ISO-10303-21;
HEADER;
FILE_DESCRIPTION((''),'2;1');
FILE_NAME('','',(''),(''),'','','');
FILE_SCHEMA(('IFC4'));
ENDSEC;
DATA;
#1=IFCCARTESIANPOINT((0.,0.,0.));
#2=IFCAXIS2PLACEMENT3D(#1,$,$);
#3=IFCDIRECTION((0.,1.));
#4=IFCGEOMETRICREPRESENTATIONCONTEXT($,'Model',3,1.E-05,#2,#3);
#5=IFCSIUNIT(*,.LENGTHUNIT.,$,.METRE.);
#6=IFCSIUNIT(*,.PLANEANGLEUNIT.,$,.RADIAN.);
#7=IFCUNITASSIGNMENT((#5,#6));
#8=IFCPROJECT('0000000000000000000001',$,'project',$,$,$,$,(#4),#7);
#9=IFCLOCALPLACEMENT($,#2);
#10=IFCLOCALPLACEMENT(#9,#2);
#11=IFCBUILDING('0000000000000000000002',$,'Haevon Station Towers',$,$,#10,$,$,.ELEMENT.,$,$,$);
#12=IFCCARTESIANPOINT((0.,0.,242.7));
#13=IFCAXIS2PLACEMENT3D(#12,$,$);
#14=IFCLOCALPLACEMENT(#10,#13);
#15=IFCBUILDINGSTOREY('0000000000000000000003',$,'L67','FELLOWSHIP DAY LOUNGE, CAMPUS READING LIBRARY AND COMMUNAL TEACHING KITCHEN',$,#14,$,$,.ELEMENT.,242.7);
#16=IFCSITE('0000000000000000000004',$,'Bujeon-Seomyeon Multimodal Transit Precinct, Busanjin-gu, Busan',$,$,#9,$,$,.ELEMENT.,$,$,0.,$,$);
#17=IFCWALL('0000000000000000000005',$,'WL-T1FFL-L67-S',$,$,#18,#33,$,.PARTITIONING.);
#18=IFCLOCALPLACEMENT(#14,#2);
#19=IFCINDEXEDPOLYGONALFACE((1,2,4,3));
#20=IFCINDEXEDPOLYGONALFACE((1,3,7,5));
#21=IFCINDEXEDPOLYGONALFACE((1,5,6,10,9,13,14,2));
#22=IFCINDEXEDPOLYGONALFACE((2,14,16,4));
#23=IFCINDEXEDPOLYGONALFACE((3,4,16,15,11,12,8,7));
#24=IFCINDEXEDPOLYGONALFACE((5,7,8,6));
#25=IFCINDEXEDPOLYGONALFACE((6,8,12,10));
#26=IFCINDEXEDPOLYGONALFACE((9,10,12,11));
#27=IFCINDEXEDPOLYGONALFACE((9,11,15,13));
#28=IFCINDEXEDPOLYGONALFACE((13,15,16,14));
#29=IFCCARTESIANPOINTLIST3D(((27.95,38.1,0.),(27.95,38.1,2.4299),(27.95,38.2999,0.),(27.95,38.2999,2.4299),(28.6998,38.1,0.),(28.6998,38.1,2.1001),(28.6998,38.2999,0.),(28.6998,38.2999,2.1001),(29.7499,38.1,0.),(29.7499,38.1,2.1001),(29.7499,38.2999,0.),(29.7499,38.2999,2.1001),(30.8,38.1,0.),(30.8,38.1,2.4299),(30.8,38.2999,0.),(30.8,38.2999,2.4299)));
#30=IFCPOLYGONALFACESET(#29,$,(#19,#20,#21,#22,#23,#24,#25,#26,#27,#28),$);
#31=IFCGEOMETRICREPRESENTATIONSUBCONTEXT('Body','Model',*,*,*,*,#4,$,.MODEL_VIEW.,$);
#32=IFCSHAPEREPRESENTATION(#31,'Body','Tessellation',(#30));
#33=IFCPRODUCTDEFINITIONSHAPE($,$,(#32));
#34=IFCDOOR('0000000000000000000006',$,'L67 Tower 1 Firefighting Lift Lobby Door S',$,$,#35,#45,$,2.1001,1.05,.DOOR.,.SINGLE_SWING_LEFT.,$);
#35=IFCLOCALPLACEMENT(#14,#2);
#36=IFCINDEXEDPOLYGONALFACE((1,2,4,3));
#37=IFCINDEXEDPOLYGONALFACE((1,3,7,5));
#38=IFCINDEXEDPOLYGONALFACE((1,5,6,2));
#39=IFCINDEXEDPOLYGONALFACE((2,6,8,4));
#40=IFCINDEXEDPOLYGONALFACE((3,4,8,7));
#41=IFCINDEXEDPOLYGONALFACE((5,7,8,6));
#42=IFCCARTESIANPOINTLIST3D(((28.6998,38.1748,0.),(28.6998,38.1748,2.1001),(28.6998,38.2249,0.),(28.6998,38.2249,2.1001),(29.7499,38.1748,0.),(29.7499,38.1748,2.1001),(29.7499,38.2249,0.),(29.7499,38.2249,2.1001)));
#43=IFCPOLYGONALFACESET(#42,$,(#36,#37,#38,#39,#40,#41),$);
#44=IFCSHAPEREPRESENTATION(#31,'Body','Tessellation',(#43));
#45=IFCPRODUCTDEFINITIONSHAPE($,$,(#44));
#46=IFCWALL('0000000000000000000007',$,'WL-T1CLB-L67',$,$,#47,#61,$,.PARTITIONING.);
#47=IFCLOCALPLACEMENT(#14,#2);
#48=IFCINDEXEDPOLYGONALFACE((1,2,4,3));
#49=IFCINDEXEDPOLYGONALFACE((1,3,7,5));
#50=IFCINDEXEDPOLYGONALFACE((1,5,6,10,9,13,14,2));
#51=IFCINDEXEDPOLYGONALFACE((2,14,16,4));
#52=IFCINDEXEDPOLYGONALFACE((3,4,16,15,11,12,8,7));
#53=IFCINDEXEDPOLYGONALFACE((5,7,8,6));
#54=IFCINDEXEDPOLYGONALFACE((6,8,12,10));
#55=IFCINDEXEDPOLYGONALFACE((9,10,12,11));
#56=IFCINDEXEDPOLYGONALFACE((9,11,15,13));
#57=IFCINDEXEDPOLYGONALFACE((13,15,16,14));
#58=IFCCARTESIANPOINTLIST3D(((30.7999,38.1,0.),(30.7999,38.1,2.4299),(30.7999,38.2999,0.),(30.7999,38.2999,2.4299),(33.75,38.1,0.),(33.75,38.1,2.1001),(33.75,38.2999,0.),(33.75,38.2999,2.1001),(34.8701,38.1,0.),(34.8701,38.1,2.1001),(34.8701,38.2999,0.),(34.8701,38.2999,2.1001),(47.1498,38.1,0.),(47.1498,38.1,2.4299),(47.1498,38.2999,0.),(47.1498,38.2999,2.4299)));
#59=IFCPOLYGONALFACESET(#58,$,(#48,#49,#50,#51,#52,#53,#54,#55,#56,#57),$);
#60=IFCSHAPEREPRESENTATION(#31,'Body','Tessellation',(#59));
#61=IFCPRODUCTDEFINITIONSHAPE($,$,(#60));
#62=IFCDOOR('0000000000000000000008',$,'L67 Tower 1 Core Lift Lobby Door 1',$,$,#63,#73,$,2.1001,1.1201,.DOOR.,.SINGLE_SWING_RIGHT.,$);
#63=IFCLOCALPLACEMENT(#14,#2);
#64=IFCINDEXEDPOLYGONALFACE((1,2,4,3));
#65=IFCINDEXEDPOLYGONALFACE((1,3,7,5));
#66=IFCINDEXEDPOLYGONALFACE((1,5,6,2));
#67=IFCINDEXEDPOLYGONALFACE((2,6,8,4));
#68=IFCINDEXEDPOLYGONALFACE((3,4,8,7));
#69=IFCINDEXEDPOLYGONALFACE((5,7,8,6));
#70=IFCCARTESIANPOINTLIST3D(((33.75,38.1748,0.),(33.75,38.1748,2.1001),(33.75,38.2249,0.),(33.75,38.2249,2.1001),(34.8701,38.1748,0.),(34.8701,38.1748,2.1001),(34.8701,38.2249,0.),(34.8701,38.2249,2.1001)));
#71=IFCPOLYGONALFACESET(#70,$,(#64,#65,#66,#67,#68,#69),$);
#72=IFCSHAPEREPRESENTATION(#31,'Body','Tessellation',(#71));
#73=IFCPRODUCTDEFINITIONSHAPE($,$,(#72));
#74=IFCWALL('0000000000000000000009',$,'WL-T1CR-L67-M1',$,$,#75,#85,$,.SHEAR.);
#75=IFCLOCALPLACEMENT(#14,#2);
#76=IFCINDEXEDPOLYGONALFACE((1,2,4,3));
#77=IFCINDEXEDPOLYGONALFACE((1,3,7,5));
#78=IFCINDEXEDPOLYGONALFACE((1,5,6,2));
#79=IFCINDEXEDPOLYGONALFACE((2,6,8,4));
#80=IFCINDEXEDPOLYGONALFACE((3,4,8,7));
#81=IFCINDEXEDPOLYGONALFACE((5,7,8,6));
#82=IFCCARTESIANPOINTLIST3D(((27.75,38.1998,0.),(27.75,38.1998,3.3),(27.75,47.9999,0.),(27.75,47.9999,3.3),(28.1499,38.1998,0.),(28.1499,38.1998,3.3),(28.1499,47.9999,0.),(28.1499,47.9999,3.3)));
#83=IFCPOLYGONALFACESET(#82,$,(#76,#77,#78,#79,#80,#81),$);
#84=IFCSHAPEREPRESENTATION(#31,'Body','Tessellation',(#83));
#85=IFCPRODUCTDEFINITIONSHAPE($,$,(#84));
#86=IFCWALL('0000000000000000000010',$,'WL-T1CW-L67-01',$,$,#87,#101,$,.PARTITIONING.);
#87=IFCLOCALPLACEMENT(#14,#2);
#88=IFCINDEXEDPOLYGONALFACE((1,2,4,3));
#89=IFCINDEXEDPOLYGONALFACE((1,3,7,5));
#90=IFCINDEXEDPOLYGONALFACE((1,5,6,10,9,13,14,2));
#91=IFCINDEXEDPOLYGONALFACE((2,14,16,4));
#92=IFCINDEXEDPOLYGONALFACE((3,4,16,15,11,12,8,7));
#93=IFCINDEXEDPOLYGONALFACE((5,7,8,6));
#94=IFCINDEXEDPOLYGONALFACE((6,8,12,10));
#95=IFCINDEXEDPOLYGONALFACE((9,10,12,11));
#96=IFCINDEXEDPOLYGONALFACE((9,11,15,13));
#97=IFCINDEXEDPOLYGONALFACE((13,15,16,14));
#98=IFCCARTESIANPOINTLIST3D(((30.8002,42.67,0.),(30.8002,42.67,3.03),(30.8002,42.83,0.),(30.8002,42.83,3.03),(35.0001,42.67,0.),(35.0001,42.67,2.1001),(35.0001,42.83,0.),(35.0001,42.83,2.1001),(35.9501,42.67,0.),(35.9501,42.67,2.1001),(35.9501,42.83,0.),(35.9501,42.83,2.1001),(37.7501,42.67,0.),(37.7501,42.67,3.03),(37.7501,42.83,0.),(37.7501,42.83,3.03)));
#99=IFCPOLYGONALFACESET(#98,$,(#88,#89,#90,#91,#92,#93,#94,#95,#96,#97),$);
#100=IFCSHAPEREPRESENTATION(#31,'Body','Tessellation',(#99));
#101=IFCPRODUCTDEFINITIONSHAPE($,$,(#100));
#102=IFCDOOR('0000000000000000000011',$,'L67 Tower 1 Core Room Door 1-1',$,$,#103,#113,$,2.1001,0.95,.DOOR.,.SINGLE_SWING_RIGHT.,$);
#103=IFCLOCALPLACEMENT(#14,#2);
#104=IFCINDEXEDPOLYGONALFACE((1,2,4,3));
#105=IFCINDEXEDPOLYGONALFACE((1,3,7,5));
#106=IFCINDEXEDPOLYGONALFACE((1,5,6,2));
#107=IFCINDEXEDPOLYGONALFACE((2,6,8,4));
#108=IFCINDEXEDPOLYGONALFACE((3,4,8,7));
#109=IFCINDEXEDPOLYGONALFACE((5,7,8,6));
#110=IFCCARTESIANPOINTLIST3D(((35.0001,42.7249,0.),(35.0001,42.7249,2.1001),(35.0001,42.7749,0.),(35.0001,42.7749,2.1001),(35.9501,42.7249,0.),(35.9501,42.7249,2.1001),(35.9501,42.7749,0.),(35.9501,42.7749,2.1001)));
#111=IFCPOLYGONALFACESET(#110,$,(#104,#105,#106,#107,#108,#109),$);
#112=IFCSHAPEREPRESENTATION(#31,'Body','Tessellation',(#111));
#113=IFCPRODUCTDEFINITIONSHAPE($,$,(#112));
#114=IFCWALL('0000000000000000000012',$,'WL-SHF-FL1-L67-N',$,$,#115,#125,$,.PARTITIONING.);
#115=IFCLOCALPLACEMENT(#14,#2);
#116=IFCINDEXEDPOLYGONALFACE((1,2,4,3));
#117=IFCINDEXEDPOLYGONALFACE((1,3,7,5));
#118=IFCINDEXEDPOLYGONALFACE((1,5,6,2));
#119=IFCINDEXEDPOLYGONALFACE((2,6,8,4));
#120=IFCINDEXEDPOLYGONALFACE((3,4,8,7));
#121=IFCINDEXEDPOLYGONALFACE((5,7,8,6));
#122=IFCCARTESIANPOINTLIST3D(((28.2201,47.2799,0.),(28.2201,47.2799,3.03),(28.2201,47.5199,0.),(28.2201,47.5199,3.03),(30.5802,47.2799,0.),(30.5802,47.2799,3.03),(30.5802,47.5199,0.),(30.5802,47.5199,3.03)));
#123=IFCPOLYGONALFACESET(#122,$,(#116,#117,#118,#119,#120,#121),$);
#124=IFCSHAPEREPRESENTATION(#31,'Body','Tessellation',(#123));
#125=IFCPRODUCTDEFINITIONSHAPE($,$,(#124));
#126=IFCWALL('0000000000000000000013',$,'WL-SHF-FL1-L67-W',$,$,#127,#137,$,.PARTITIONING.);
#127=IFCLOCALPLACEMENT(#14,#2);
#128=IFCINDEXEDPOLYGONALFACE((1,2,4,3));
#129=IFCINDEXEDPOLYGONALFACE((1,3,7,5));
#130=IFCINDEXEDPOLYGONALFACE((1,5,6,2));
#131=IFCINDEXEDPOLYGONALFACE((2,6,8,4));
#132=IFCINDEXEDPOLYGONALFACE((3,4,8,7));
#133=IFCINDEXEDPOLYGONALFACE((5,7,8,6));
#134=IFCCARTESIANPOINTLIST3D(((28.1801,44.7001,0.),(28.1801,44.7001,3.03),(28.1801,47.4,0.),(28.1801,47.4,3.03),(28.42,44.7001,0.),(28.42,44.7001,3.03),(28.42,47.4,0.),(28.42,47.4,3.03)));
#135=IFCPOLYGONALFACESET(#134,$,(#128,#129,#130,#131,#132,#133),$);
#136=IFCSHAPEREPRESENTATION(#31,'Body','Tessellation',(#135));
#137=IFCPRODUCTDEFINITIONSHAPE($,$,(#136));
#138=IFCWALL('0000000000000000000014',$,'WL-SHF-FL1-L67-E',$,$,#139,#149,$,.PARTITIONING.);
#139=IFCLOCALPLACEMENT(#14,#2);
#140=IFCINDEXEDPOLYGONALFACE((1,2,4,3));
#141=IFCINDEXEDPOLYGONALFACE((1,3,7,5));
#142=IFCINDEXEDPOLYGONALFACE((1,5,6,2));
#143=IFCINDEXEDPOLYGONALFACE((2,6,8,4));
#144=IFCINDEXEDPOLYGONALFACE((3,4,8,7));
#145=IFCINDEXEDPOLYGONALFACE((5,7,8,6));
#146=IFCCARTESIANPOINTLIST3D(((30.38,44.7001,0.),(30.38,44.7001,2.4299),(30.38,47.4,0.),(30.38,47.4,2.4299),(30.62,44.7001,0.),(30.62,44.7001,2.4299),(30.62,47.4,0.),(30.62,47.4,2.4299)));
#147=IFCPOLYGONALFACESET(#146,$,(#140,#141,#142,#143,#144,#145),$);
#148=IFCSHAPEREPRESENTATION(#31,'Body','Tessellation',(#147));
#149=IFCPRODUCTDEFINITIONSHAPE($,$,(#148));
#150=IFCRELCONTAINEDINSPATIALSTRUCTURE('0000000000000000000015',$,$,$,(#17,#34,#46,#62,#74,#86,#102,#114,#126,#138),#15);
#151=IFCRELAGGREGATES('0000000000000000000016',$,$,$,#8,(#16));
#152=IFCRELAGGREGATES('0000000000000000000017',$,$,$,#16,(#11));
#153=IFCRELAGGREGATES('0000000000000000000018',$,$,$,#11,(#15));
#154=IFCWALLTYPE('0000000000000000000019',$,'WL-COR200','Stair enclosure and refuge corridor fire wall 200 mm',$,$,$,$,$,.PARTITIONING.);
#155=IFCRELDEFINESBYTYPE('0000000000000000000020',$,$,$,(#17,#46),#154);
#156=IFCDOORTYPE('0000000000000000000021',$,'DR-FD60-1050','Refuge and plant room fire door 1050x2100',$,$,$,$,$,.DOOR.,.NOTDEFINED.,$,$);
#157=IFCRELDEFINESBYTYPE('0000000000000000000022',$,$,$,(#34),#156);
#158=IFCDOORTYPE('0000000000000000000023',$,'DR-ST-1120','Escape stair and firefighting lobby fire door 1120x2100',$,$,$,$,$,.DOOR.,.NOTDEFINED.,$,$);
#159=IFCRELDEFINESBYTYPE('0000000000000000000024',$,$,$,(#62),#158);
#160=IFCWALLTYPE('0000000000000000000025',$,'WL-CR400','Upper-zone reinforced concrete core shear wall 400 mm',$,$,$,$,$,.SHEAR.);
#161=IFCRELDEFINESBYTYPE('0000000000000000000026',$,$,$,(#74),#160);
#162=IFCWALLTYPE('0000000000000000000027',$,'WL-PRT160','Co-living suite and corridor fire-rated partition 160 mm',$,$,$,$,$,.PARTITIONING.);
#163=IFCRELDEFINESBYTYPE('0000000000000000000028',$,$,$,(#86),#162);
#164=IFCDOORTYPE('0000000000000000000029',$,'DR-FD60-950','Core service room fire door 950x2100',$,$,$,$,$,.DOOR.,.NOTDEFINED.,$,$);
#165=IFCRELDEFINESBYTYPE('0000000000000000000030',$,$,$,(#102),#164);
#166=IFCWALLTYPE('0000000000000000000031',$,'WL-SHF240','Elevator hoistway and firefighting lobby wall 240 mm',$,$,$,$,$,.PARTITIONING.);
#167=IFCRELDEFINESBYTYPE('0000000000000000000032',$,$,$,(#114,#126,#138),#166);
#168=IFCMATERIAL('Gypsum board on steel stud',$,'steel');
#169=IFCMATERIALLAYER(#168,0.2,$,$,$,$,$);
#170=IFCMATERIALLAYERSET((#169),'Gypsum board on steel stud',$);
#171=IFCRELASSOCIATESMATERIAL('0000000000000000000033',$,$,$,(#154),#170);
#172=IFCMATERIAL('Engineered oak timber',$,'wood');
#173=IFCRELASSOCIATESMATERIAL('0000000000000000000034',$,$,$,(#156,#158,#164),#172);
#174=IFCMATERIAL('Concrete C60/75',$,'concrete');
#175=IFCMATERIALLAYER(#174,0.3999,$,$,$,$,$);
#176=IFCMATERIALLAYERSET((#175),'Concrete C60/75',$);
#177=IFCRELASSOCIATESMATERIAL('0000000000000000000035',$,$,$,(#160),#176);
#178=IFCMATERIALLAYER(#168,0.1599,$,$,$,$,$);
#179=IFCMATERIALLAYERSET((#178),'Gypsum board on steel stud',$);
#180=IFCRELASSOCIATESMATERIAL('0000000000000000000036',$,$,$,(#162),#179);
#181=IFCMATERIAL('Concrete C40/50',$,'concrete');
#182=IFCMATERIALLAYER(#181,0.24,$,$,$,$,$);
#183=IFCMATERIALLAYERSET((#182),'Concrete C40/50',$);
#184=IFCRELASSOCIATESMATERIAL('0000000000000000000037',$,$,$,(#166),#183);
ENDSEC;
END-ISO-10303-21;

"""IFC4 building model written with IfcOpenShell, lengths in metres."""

from ifc_helpers import new_model, si_unit, direction, frame, frame_2d, origin, place, context, subcontext, project, spatial, rectangle, extrude, material, layer, layer_set, type_object, element, fill, save


model = new_model("IFC4")

# Units and contexts
model_context = context("Model", 3, precision=1e-05, world=origin(), true_north=direction((0.0, 1.0)))
body_context = subcontext(model_context, "Body", "Model", "MODEL_VIEW")
ifc_project = project(units=[si_unit("LENGTHUNIT", "METRE"), si_unit("PLANEANGLEUNIT", "RADIAN")], contexts=[model_context])

# Site, building, storey
site_placement = place(None, origin())
site = spatial("IfcSite", under=ifc_project, at=site_placement, Name="Bujeon-Seomyeon Multimodal Transit Precinct, Busanjin-gu, Busan", CompositionType="ELEMENT", RefElevation=0.0)
building_placement = place(site_placement, origin())
building = spatial("IfcBuilding", under=site, at=building_placement, Name="Haevon Station Towers", CompositionType="ELEMENT")
storey_placement = place(building_placement, frame((0.0, 0.0, 242.7)))
storey = spatial("IfcBuildingStorey", under=building, at=storey_placement, Name="L67", Description="FELLOWSHIP DAY LOUNGE, CAMPUS READING LIBRARY AND COMMUNAL TEACHING KITCHEN", CompositionType="ELEMENT", Elevation=242.7)

# Walls, openings, doors
ifc_material_1 = material(Name="Gypsum board on steel stud", Category="steel")
ifc_layer_1 = layer(ifc_material_1, 0.2)
ifc_layer_set_1 = layer_set([ifc_layer_1], Name="Gypsum board on steel stud")
wall_type_1 = type_object("IfcWallType", Name="WL-COR200", Description="Stair enclosure and refuge corridor fire wall 200 mm", PredefinedType="PARTITIONING", material=ifc_layer_set_1)
ifc_material_2 = material(Name="Engineered oak timber", Category="wood")
door_type_1 = type_object("IfcDoorType", Name="DR-FD60-1050", Description="Refuge and plant room fire door 1050x2100", OperationType="NOTDEFINED", PredefinedType="DOOR", material=ifc_material_2)
wall_1_placement = place(storey_placement, frame((27.95, 38.2, 0.0), z_axis=(0.0, 0.0, 1.0), x_axis=(1.0, 0.0, 0.0)))
wall_1 = element("IfcWall", 1, at=wall_1_placement, inside=storey, type_object=wall_type_1, Name="WL-T1FFL-L67-S", PredefinedType="PARTITIONING", context=body_context, shape_type="SweptSolid", body=[
    extrude(rectangle(XDim=2.8501, YDim=0.2, at=frame_2d((1.425, 0.0))), origin(), (0.0, 0.0, 1.0), 2.4299),
])
opening_1_placement = place(wall_1_placement, frame((0.75, 0.0, 0.0)))
opening_1 = element("IfcOpeningElement", 2, at=opening_1_placement, cuts=wall_1, PredefinedType="OPENING", context=body_context, shape_type="SweptSolid", body=[
    extrude(rectangle(XDim=1.05, YDim=2.1001, at=frame_2d((0.5249, 1.05))), frame((0.0, 0.1099, 0.0), z_axis=(0.0, -1.0, 0.0), x_axis=(1.0, 0.0, 0.0)), (0.0, 0.0, 1.0), 0.22),
])
door_1_placement = place(opening_1_placement, origin())
door_1 = element("IfcDoor", 3, at=door_1_placement, inside=storey, type_object=door_type_1, Name="L67 Tower 1 Firefighting Lift Lobby Door S", OperationType="SINGLE_SWING_LEFT", OverallHeight=2.1001, OverallWidth=1.05, PredefinedType="DOOR", context=body_context, shape_type="SweptSolid", body=[
    extrude(rectangle(XDim=1.05, YDim=2.1001, at=frame_2d((0.5249, 1.05))), frame((0.0, 0.0249, 0.0), z_axis=(0.0, -1.0, 0.0), x_axis=(1.0, 0.0, 0.0)), (0.0, 0.0, 1.0), 0.05),
])
fill(opening_1, door_1)
wall_2_placement = place(storey_placement, frame((30.8, 38.2, 0.0), z_axis=(0.0, 0.0, 1.0), x_axis=(1.0, 0.0, 0.0)))
wall_2 = element("IfcWall", 4, at=wall_2_placement, inside=storey, type_object=wall_type_1, Name="WL-T1CLB-L67", PredefinedType="PARTITIONING", context=body_context, shape_type="SweptSolid", body=[
    extrude(rectangle(XDim=16.3499, YDim=0.2, at=frame_2d((8.1748, 0.0))), origin(), (0.0, 0.0, 1.0), 2.4299),
])
opening_2_placement = place(wall_2_placement, frame((2.95, 0.0, 0.0)))
opening_2 = element("IfcOpeningElement", 5, at=opening_2_placement, cuts=wall_2, PredefinedType="OPENING", context=body_context, shape_type="SweptSolid", body=[
    extrude(rectangle(XDim=1.1201, YDim=2.1001, at=frame_2d((0.5601, 1.05))), frame((0.0, 0.1099, 0.0), z_axis=(0.0, -1.0, 0.0), x_axis=(1.0, 0.0, 0.0)), (0.0, 0.0, 1.0), 0.22),
])
door_type_2 = type_object("IfcDoorType", Name="DR-ST-1120", Description="Escape stair and firefighting lobby fire door 1120x2100", OperationType="NOTDEFINED", PredefinedType="DOOR", material=ifc_material_2)
door_2_placement = place(opening_2_placement, origin())
door_2 = element("IfcDoor", 6, at=door_2_placement, inside=storey, type_object=door_type_2, Name="L67 Tower 1 Core Lift Lobby Door 1", OperationType="SINGLE_SWING_RIGHT", OverallHeight=2.1001, OverallWidth=1.1201, PredefinedType="DOOR", context=body_context, shape_type="SweptSolid", body=[
    extrude(rectangle(XDim=1.1201, YDim=2.1001, at=frame_2d((0.5601, 1.05))), frame((0.0, 0.0249, 0.0), z_axis=(0.0, -1.0, 0.0), x_axis=(1.0, 0.0, 0.0)), (0.0, 0.0, 1.0), 0.05),
])
fill(opening_2, door_2)

# Wall
ifc_material_3 = material(Name="Concrete C60/75", Category="concrete")
ifc_layer_2 = layer(ifc_material_3, 0.3999)
ifc_layer_set_2 = layer_set([ifc_layer_2], Name="Concrete C60/75")
wall_type_2 = type_object("IfcWallType", Name="WL-CR400", Description="Upper-zone reinforced concrete core shear wall 400 mm", PredefinedType="SHEAR", material=ifc_layer_set_2)
wall_3_placement = place(storey_placement, frame((27.95, 38.2, 0.0), z_axis=(0.0, 0.0, 1.0), x_axis=(0.0, 1.0, 0.0)))
element("IfcWall", 7, at=wall_3_placement, inside=storey, type_object=wall_type_2, Name="WL-T1CR-L67-M1", PredefinedType="SHEAR", context=body_context, shape_type="SweptSolid", body=[
    extrude(rectangle(XDim=9.8, YDim=0.3999, at=frame_2d((4.8999, 0.0))), origin(), (0.0, 0.0, 1.0), 3.3),
])

# Wall, opening, door
ifc_layer_3 = layer(ifc_material_1, 0.1599)
ifc_layer_set_3 = layer_set([ifc_layer_3], Name="Gypsum board on steel stud")
wall_type_3 = type_object("IfcWallType", Name="WL-PRT160", Description="Co-living suite and corridor fire-rated partition 160 mm", PredefinedType="PARTITIONING", material=ifc_layer_set_3)
wall_4_placement = place(storey_placement, frame((30.8, 42.75, 0.0), z_axis=(0.0, 0.0, 1.0), x_axis=(1.0, 0.0, 0.0)))
wall_4 = element("IfcWall", 8, at=wall_4_placement, inside=storey, type_object=wall_type_3, Name="WL-T1CW-L67-01", PredefinedType="PARTITIONING", context=body_context, shape_type="SweptSolid", body=[
    extrude(rectangle(XDim=6.95, YDim=0.1599, at=frame_2d((3.4751, 0.0))), origin(), (0.0, 0.0, 1.0), 3.03),
])
opening_3_placement = place(wall_4_placement, frame((4.2, 0.0, 0.0)))
opening_3 = element("IfcOpeningElement", 9, at=opening_3_placement, cuts=wall_4, PredefinedType="OPENING", context=body_context, shape_type="SweptSolid", body=[
    extrude(rectangle(XDim=0.95, YDim=2.1001, at=frame_2d((0.4751, 1.05))), frame((0.0, 0.0898, 0.0), z_axis=(0.0, -1.0, 0.0), x_axis=(1.0, 0.0, 0.0)), (0.0, 0.0, 1.0), 0.1799),
])
door_type_3 = type_object("IfcDoorType", Name="DR-FD60-950", Description="Core service room fire door 950x2100", OperationType="NOTDEFINED", PredefinedType="DOOR", material=ifc_material_2)
door_3_placement = place(opening_3_placement, origin())
door_3 = element("IfcDoor", 10, at=door_3_placement, inside=storey, type_object=door_type_3, Name="L67 Tower 1 Core Room Door 1-1", OperationType="SINGLE_SWING_RIGHT", OverallHeight=2.1001, OverallWidth=0.95, PredefinedType="DOOR", context=body_context, shape_type="SweptSolid", body=[
    extrude(rectangle(XDim=0.95, YDim=2.1001, at=frame_2d((0.4751, 1.05))), frame((0.0, 0.0249, 0.0), z_axis=(0.0, -1.0, 0.0), x_axis=(1.0, 0.0, 0.0)), (0.0, 0.0, 1.0), 0.05),
])
fill(opening_3, door_3)
ifc_material_4 = material(Name="Concrete C40/50", Category="concrete")
ifc_layer_4 = layer(ifc_material_4, 0.24)
ifc_layer_set_4 = layer_set([ifc_layer_4], Name="Concrete C40/50")
wall_type_4 = type_object("IfcWallType", Name="WL-SHF240", Description="Elevator hoistway and firefighting lobby wall 240 mm", PredefinedType="PARTITIONING", material=ifc_layer_set_4)

# Walls
wall_5_placement = place(storey_placement, frame((28.22, 47.3999, 0.0), z_axis=(0.0, 0.0, 1.0), x_axis=(1.0, 0.0, 0.0)))
element("IfcWall", 11, at=wall_5_placement, inside=storey, type_object=wall_type_4, Name="WL-SHF-FL1-L67-N", PredefinedType="PARTITIONING", context=body_context, shape_type="SweptSolid", body=[
    extrude(rectangle(XDim=2.3601, YDim=0.24, at=frame_2d((1.1802, 0.0))), origin(), (0.0, 0.0, 1.0), 3.03),
])
wall_6_placement = place(storey_placement, frame((28.3, 44.7, 0.0), z_axis=(0.0, 0.0, 1.0), x_axis=(0.0, 1.0, 0.0)))
element("IfcWall", 12, at=wall_6_placement, inside=storey, type_object=wall_type_4, Name="WL-SHF-FL1-L67-W", PredefinedType="PARTITIONING", context=body_context, shape_type="SweptSolid", body=[
    extrude(rectangle(XDim=2.7, YDim=0.24, at=frame_2d((1.3501, 0.0))), origin(), (0.0, 0.0, 1.0), 3.03),
])
wall_7_placement = place(storey_placement, frame((30.5, 44.7, 0.0), z_axis=(0.0, 0.0, 1.0), x_axis=(0.0, 1.0, 0.0)))
element("IfcWall", 13, at=wall_7_placement, inside=storey, type_object=wall_type_4, Name="WL-SHF-FL1-L67-E", PredefinedType="PARTITIONING", context=body_context, shape_type="SweptSolid", body=[
    extrude(rectangle(XDim=2.7, YDim=0.24, at=frame_2d((1.3501, 0.0))), origin(), (0.0, 0.0, 1.0), 2.4299),
])

save(model, "model.ifc")
